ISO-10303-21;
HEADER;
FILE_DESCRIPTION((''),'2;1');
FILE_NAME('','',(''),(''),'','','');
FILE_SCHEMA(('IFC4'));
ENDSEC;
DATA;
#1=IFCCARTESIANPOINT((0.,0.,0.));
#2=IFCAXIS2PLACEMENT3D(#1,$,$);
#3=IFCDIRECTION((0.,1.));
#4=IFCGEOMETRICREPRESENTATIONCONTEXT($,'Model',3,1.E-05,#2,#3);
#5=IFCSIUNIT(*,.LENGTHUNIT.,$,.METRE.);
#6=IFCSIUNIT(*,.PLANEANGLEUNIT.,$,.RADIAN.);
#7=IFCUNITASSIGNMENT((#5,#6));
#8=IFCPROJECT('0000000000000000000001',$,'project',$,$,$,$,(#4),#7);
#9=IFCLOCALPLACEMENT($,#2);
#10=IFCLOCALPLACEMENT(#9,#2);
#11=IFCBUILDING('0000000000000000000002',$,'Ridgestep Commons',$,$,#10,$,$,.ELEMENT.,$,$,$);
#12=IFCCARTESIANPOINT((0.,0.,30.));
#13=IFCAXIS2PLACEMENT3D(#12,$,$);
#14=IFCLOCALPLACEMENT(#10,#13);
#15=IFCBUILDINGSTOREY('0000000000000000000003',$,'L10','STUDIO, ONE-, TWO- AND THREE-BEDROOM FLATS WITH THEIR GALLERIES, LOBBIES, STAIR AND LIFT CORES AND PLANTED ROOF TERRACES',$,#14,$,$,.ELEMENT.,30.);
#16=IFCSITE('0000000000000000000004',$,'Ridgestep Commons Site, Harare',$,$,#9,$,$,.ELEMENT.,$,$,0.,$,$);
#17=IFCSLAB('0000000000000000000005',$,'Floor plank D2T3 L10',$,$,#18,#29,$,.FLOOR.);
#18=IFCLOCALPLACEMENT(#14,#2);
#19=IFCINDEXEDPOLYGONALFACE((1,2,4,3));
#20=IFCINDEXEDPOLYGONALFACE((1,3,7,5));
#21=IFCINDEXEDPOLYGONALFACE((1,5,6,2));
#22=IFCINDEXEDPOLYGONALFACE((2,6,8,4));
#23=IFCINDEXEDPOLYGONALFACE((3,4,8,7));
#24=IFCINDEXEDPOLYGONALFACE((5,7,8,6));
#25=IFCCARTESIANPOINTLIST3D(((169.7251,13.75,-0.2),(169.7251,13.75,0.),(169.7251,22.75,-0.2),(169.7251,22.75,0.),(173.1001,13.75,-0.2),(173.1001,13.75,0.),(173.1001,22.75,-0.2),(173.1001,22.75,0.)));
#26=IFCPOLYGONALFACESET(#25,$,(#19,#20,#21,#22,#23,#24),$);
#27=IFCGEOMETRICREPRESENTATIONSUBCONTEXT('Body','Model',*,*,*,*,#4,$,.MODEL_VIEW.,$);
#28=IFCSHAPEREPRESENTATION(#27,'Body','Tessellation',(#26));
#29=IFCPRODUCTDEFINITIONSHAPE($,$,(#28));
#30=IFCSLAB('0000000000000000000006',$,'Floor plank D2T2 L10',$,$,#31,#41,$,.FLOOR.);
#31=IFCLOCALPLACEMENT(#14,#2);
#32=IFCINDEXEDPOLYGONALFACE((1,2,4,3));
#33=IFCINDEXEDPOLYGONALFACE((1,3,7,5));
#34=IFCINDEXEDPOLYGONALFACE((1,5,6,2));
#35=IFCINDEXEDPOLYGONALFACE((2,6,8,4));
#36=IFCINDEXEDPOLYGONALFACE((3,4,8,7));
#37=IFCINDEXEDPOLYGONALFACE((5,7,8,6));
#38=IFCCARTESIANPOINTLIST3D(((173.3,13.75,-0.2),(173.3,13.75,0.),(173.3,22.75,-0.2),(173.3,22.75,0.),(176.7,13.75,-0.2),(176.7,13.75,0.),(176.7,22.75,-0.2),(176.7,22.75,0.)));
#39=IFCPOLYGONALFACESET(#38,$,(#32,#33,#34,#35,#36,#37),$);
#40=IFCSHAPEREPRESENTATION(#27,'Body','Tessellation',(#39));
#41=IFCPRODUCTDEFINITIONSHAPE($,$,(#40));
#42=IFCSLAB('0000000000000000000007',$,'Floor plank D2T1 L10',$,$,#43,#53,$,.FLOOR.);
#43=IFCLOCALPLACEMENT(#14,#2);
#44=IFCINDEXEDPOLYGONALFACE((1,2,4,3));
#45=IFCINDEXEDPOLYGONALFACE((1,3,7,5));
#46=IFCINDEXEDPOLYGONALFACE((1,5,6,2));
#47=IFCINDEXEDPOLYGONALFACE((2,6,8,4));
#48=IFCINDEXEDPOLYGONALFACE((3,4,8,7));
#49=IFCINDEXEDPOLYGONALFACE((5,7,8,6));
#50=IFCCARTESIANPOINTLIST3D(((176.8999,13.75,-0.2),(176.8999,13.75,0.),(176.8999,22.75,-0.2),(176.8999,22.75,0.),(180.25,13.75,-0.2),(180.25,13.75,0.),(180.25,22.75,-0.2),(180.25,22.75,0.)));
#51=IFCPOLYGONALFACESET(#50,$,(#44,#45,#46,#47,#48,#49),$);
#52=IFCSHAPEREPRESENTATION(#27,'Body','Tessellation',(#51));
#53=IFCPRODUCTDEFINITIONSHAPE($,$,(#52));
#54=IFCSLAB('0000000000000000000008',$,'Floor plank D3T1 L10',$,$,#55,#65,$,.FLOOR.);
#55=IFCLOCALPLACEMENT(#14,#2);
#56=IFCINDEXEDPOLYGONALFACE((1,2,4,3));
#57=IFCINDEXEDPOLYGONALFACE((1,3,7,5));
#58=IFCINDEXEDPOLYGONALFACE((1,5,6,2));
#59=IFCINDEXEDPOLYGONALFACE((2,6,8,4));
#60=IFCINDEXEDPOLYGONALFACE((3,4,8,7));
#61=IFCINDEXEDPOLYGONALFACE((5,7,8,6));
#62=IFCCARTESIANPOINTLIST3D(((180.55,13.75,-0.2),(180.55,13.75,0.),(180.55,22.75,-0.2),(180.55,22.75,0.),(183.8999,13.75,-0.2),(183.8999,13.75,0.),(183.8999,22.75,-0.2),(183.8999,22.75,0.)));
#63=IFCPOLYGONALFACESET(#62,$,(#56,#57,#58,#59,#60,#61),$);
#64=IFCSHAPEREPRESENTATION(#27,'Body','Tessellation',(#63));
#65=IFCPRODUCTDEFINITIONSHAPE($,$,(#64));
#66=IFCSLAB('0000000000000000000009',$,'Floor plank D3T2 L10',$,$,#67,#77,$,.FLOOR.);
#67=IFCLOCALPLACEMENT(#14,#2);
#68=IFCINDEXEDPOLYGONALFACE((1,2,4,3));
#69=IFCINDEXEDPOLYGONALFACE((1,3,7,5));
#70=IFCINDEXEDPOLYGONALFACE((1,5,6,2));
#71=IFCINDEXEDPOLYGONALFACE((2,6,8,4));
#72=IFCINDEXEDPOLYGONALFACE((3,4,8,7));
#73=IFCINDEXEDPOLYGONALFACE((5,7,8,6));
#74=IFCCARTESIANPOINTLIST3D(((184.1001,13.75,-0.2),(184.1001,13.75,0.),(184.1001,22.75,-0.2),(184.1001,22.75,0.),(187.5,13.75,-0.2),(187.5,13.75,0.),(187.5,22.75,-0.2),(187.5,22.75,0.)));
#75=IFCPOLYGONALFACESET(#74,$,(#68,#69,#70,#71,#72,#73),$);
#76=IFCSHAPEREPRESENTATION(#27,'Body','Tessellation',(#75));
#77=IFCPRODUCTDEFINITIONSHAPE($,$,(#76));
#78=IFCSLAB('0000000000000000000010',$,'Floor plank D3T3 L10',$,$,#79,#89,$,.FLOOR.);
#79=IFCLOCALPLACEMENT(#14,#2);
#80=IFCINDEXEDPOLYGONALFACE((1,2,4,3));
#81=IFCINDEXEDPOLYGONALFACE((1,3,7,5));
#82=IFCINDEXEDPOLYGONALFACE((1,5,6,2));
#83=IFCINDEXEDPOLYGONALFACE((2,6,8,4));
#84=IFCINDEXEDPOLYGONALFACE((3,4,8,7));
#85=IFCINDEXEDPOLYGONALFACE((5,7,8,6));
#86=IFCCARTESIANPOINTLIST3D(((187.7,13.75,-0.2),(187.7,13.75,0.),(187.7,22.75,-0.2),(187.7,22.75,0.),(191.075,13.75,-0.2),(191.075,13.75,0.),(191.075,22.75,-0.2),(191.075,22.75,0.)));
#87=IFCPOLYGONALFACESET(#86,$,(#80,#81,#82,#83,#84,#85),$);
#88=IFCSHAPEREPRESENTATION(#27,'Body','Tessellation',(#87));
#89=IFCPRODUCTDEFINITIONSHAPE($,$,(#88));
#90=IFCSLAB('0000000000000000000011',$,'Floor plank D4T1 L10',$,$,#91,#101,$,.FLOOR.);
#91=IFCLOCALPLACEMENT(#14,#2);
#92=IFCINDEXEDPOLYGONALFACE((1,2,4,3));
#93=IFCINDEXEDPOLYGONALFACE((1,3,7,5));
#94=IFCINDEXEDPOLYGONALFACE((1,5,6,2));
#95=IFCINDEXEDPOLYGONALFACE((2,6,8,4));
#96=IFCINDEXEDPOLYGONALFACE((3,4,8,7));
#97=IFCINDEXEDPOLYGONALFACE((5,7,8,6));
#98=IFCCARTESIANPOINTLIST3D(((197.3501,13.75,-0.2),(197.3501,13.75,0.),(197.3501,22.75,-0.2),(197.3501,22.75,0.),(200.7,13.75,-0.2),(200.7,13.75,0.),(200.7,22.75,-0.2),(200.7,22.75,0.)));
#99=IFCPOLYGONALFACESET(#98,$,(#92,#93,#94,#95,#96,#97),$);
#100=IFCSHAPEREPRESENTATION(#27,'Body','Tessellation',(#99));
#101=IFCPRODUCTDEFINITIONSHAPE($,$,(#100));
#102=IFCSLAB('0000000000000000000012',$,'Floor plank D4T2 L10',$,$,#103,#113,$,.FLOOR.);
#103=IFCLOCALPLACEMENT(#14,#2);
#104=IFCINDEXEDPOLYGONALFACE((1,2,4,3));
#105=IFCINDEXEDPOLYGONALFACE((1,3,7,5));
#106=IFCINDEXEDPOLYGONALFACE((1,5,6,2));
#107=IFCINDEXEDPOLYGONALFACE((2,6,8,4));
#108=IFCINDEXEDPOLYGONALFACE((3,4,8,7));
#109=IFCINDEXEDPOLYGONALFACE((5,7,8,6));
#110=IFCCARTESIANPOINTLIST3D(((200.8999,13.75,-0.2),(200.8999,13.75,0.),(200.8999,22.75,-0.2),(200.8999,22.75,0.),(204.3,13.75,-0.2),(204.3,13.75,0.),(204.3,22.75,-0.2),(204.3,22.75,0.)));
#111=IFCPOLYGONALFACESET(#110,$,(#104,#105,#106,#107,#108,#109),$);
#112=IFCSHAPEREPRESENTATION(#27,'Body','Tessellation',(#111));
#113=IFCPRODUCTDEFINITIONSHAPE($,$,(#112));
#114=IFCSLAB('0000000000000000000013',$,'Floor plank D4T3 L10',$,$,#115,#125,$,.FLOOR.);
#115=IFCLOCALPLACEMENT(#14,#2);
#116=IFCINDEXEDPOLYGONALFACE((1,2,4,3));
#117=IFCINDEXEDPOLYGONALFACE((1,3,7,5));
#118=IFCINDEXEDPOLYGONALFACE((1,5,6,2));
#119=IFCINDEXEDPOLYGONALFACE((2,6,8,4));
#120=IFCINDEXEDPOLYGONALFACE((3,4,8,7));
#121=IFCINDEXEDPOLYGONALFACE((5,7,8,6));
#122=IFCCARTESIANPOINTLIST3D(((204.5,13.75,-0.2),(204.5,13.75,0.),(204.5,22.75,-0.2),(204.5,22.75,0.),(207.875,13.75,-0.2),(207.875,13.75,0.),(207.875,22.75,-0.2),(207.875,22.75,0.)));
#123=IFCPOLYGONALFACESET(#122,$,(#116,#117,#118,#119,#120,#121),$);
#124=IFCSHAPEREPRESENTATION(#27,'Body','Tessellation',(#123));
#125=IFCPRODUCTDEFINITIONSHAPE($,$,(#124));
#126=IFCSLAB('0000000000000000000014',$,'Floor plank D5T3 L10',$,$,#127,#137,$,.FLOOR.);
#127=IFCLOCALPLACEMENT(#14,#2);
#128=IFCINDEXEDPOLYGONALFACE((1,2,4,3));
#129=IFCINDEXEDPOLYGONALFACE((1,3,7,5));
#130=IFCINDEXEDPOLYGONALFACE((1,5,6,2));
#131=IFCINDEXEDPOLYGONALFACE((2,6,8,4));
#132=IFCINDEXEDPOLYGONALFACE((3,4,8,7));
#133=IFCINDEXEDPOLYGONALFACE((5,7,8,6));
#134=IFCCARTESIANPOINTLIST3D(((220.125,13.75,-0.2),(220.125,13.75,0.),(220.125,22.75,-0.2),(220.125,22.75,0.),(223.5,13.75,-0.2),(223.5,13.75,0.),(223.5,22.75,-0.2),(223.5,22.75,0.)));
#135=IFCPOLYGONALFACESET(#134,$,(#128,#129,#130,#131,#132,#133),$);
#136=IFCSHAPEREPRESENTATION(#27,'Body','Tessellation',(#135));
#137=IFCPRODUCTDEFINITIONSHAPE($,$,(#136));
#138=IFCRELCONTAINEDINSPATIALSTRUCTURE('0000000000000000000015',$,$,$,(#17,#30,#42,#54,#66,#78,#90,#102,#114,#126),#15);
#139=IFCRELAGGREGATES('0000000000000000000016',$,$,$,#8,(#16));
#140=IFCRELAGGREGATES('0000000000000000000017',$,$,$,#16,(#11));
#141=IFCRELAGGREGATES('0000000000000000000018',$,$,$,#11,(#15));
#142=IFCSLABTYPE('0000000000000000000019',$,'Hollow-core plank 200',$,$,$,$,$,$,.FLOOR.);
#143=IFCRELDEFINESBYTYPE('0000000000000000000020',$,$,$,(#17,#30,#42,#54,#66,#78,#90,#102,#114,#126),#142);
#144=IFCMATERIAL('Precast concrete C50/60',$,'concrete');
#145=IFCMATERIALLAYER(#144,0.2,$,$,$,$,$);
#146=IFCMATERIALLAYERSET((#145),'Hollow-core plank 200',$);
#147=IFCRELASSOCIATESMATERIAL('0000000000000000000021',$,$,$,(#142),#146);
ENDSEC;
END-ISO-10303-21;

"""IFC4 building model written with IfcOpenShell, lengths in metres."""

from ifc_helpers import new_model, si_unit, direction, frame, origin, place, context, subcontext, project, spatial, polyline, outline, extrude, material, layer, layer_set, type_object, element, save


model = new_model("IFC4")

# Units and contexts
model_context = context("Model", 3, precision=1e-05, world=origin(), true_north=direction((0.0, 1.0)))
body_context = subcontext(model_context, "Body", "Model", "MODEL_VIEW")
ifc_project = project(units=[si_unit("LENGTHUNIT", "METRE"), si_unit("PLANEANGLEUNIT", "RADIAN")], contexts=[model_context])

# Site, building, storey
site_placement = place(None, origin())
site = spatial("IfcSite", under=ifc_project, at=site_placement, Name="Ridgestep Commons Site, Harare", CompositionType="ELEMENT", RefElevation=0.0)
building_placement = place(site_placement, origin())
building = spatial("IfcBuilding", under=site, at=building_placement, Name="Ridgestep Commons", CompositionType="ELEMENT")
storey_placement = place(building_placement, frame((0.0, 0.0, 30.0)))
storey = spatial("IfcBuildingStorey", under=building, at=storey_placement, Name="L10", Description="STUDIO, ONE-, TWO- AND THREE-BEDROOM FLATS WITH THEIR GALLERIES, LOBBIES, STAIR AND LIFT CORES AND PLANTED ROOF TERRACES", CompositionType="ELEMENT", Elevation=30.0)

# Slabs
ifc_material_1 = material(Name="Precast concrete C50/60", Category="concrete")
ifc_layer_1 = layer(ifc_material_1, 0.2)
ifc_layer_set_1 = layer_set([ifc_layer_1], Name="Hollow-core plank 200")
slab_type_1 = type_object("IfcSlabType", Name="Hollow-core plank 200", PredefinedType="FLOOR", material=ifc_layer_set_1)
slab_1_placement = place(storey_placement, frame((0.0, 0.0, -0.2)))
element("IfcSlab", 1, at=slab_1_placement, inside=storey, type_object=slab_type_1, Name="Floor plank D2T3 L10", PredefinedType="FLOOR", context=body_context, shape_type="SweptSolid", body=[
    extrude(outline(polyline([(173.1001, 13.75), (173.1001, 22.75), (169.7251, 22.75), (169.7251, 13.75), (173.1001, 13.75)])), origin(), (0.0, 0.0, 1.0), 0.2),
])
slab_2_placement = place(storey_placement, frame((0.0, 0.0, -0.2)))
element("IfcSlab", 2, at=slab_2_placement, inside=storey, type_object=slab_type_1, Name="Floor plank D2T2 L10", PredefinedType="FLOOR", context=body_context, shape_type="SweptSolid", body=[
    extrude(outline(polyline([(176.7, 13.75), (176.7, 22.75), (173.3, 22.75), (173.3, 13.75), (176.7, 13.75)])), origin(), (0.0, 0.0, 1.0), 0.2),
])
slab_3_placement = place(storey_placement, frame((0.0, 0.0, -0.2)))
element("IfcSlab", 3, at=slab_3_placement, inside=storey, type_object=slab_type_1, Name="Floor plank D2T1 L10", PredefinedType="FLOOR", context=body_context, shape_type="SweptSolid", body=[
    extrude(outline(polyline([(180.25, 13.75), (180.25, 22.75), (176.8999, 22.75), (176.8999, 13.75), (180.25, 13.75)])), origin(), (0.0, 0.0, 1.0), 0.2),
])
slab_4_placement = place(storey_placement, frame((0.0, 0.0, -0.2)))
element("IfcSlab", 4, at=slab_4_placement, inside=storey, type_object=slab_type_1, Name="Floor plank D3T1 L10", PredefinedType="FLOOR", context=body_context, shape_type="SweptSolid", body=[
    extrude(outline(polyline([(183.8999, 13.75), (183.8999, 22.75), (180.55, 22.75), (180.55, 13.75), (183.8999, 13.75)])), origin(), (0.0, 0.0, 1.0), 0.2),
])
slab_5_placement = place(storey_placement, frame((0.0, 0.0, -0.2)))
element("IfcSlab", 5, at=slab_5_placement, inside=storey, type_object=slab_type_1, Name="Floor plank D3T2 L10", PredefinedType="FLOOR", context=body_context, shape_type="SweptSolid", body=[
    extrude(outline(polyline([(187.5, 13.75), (187.5, 22.75), (184.1001, 22.75), (184.1001, 13.75), (187.5, 13.75)])), origin(), (0.0, 0.0, 1.0), 0.2),
])
slab_6_placement = place(storey_placement, frame((0.0, 0.0, -0.2)))
element("IfcSlab", 6, at=slab_6_placement, inside=storey, type_object=slab_type_1, Name="Floor plank D3T3 L10", PredefinedType="FLOOR", context=body_context, shape_type="SweptSolid", body=[
    extrude(outline(polyline([(191.075, 13.75), (191.075, 22.75), (187.7, 22.75), (187.7, 13.75), (191.075, 13.75)])), origin(), (0.0, 0.0, 1.0), 0.2),
])
slab_7_placement = place(storey_placement, frame((0.0, 0.0, -0.2)))
element("IfcSlab", 7, at=slab_7_placement, inside=storey, type_object=slab_type_1, Name="Floor plank D4T1 L10", PredefinedType="FLOOR", context=body_context, shape_type="SweptSolid", body=[
    extrude(outline(polyline([(200.7, 13.75), (200.7, 22.75), (197.3501, 22.75), (197.3501, 13.75), (200.7, 13.75)])), origin(), (0.0, 0.0, 1.0), 0.2),
])
slab_8_placement = place(storey_placement, frame((0.0, 0.0, -0.2)))
element("IfcSlab", 8, at=slab_8_placement, inside=storey, type_object=slab_type_1, Name="Floor plank D4T2 L10", PredefinedType="FLOOR", context=body_context, shape_type="SweptSolid", body=[
    extrude(outline(polyline([(204.3, 13.75), (204.3, 22.75), (200.8999, 22.75), (200.8999, 13.75), (204.3, 13.75)])), origin(), (0.0, 0.0, 1.0), 0.2),
])
slab_9_placement = place(storey_placement, frame((0.0, 0.0, -0.2)))
element("IfcSlab", 9, at=slab_9_placement, inside=storey, type_object=slab_type_1, Name="Floor plank D4T3 L10", PredefinedType="FLOOR", context=body_context, shape_type="SweptSolid", body=[
    extrude(outline(polyline([(207.875, 13.75), (207.875, 22.75), (204.5, 22.75), (204.5, 13.75), (207.875, 13.75)])), origin(), (0.0, 0.0, 1.0), 0.2),
])
slab_10_placement = place(storey_placement, frame((0.0, 0.0, -0.2)))
element("IfcSlab", 10, at=slab_10_placement, inside=storey, type_object=slab_type_1, Name="Floor plank D5T3 L10", PredefinedType="FLOOR", context=body_context, shape_type="SweptSolid", body=[
    extrude(outline(polyline([(223.5, 13.75), (223.5, 22.75), (220.125, 22.75), (220.125, 13.75), (223.5, 13.75)])), origin(), (0.0, 0.0, 1.0), 0.2),
])

save(model, "model.ifc")
